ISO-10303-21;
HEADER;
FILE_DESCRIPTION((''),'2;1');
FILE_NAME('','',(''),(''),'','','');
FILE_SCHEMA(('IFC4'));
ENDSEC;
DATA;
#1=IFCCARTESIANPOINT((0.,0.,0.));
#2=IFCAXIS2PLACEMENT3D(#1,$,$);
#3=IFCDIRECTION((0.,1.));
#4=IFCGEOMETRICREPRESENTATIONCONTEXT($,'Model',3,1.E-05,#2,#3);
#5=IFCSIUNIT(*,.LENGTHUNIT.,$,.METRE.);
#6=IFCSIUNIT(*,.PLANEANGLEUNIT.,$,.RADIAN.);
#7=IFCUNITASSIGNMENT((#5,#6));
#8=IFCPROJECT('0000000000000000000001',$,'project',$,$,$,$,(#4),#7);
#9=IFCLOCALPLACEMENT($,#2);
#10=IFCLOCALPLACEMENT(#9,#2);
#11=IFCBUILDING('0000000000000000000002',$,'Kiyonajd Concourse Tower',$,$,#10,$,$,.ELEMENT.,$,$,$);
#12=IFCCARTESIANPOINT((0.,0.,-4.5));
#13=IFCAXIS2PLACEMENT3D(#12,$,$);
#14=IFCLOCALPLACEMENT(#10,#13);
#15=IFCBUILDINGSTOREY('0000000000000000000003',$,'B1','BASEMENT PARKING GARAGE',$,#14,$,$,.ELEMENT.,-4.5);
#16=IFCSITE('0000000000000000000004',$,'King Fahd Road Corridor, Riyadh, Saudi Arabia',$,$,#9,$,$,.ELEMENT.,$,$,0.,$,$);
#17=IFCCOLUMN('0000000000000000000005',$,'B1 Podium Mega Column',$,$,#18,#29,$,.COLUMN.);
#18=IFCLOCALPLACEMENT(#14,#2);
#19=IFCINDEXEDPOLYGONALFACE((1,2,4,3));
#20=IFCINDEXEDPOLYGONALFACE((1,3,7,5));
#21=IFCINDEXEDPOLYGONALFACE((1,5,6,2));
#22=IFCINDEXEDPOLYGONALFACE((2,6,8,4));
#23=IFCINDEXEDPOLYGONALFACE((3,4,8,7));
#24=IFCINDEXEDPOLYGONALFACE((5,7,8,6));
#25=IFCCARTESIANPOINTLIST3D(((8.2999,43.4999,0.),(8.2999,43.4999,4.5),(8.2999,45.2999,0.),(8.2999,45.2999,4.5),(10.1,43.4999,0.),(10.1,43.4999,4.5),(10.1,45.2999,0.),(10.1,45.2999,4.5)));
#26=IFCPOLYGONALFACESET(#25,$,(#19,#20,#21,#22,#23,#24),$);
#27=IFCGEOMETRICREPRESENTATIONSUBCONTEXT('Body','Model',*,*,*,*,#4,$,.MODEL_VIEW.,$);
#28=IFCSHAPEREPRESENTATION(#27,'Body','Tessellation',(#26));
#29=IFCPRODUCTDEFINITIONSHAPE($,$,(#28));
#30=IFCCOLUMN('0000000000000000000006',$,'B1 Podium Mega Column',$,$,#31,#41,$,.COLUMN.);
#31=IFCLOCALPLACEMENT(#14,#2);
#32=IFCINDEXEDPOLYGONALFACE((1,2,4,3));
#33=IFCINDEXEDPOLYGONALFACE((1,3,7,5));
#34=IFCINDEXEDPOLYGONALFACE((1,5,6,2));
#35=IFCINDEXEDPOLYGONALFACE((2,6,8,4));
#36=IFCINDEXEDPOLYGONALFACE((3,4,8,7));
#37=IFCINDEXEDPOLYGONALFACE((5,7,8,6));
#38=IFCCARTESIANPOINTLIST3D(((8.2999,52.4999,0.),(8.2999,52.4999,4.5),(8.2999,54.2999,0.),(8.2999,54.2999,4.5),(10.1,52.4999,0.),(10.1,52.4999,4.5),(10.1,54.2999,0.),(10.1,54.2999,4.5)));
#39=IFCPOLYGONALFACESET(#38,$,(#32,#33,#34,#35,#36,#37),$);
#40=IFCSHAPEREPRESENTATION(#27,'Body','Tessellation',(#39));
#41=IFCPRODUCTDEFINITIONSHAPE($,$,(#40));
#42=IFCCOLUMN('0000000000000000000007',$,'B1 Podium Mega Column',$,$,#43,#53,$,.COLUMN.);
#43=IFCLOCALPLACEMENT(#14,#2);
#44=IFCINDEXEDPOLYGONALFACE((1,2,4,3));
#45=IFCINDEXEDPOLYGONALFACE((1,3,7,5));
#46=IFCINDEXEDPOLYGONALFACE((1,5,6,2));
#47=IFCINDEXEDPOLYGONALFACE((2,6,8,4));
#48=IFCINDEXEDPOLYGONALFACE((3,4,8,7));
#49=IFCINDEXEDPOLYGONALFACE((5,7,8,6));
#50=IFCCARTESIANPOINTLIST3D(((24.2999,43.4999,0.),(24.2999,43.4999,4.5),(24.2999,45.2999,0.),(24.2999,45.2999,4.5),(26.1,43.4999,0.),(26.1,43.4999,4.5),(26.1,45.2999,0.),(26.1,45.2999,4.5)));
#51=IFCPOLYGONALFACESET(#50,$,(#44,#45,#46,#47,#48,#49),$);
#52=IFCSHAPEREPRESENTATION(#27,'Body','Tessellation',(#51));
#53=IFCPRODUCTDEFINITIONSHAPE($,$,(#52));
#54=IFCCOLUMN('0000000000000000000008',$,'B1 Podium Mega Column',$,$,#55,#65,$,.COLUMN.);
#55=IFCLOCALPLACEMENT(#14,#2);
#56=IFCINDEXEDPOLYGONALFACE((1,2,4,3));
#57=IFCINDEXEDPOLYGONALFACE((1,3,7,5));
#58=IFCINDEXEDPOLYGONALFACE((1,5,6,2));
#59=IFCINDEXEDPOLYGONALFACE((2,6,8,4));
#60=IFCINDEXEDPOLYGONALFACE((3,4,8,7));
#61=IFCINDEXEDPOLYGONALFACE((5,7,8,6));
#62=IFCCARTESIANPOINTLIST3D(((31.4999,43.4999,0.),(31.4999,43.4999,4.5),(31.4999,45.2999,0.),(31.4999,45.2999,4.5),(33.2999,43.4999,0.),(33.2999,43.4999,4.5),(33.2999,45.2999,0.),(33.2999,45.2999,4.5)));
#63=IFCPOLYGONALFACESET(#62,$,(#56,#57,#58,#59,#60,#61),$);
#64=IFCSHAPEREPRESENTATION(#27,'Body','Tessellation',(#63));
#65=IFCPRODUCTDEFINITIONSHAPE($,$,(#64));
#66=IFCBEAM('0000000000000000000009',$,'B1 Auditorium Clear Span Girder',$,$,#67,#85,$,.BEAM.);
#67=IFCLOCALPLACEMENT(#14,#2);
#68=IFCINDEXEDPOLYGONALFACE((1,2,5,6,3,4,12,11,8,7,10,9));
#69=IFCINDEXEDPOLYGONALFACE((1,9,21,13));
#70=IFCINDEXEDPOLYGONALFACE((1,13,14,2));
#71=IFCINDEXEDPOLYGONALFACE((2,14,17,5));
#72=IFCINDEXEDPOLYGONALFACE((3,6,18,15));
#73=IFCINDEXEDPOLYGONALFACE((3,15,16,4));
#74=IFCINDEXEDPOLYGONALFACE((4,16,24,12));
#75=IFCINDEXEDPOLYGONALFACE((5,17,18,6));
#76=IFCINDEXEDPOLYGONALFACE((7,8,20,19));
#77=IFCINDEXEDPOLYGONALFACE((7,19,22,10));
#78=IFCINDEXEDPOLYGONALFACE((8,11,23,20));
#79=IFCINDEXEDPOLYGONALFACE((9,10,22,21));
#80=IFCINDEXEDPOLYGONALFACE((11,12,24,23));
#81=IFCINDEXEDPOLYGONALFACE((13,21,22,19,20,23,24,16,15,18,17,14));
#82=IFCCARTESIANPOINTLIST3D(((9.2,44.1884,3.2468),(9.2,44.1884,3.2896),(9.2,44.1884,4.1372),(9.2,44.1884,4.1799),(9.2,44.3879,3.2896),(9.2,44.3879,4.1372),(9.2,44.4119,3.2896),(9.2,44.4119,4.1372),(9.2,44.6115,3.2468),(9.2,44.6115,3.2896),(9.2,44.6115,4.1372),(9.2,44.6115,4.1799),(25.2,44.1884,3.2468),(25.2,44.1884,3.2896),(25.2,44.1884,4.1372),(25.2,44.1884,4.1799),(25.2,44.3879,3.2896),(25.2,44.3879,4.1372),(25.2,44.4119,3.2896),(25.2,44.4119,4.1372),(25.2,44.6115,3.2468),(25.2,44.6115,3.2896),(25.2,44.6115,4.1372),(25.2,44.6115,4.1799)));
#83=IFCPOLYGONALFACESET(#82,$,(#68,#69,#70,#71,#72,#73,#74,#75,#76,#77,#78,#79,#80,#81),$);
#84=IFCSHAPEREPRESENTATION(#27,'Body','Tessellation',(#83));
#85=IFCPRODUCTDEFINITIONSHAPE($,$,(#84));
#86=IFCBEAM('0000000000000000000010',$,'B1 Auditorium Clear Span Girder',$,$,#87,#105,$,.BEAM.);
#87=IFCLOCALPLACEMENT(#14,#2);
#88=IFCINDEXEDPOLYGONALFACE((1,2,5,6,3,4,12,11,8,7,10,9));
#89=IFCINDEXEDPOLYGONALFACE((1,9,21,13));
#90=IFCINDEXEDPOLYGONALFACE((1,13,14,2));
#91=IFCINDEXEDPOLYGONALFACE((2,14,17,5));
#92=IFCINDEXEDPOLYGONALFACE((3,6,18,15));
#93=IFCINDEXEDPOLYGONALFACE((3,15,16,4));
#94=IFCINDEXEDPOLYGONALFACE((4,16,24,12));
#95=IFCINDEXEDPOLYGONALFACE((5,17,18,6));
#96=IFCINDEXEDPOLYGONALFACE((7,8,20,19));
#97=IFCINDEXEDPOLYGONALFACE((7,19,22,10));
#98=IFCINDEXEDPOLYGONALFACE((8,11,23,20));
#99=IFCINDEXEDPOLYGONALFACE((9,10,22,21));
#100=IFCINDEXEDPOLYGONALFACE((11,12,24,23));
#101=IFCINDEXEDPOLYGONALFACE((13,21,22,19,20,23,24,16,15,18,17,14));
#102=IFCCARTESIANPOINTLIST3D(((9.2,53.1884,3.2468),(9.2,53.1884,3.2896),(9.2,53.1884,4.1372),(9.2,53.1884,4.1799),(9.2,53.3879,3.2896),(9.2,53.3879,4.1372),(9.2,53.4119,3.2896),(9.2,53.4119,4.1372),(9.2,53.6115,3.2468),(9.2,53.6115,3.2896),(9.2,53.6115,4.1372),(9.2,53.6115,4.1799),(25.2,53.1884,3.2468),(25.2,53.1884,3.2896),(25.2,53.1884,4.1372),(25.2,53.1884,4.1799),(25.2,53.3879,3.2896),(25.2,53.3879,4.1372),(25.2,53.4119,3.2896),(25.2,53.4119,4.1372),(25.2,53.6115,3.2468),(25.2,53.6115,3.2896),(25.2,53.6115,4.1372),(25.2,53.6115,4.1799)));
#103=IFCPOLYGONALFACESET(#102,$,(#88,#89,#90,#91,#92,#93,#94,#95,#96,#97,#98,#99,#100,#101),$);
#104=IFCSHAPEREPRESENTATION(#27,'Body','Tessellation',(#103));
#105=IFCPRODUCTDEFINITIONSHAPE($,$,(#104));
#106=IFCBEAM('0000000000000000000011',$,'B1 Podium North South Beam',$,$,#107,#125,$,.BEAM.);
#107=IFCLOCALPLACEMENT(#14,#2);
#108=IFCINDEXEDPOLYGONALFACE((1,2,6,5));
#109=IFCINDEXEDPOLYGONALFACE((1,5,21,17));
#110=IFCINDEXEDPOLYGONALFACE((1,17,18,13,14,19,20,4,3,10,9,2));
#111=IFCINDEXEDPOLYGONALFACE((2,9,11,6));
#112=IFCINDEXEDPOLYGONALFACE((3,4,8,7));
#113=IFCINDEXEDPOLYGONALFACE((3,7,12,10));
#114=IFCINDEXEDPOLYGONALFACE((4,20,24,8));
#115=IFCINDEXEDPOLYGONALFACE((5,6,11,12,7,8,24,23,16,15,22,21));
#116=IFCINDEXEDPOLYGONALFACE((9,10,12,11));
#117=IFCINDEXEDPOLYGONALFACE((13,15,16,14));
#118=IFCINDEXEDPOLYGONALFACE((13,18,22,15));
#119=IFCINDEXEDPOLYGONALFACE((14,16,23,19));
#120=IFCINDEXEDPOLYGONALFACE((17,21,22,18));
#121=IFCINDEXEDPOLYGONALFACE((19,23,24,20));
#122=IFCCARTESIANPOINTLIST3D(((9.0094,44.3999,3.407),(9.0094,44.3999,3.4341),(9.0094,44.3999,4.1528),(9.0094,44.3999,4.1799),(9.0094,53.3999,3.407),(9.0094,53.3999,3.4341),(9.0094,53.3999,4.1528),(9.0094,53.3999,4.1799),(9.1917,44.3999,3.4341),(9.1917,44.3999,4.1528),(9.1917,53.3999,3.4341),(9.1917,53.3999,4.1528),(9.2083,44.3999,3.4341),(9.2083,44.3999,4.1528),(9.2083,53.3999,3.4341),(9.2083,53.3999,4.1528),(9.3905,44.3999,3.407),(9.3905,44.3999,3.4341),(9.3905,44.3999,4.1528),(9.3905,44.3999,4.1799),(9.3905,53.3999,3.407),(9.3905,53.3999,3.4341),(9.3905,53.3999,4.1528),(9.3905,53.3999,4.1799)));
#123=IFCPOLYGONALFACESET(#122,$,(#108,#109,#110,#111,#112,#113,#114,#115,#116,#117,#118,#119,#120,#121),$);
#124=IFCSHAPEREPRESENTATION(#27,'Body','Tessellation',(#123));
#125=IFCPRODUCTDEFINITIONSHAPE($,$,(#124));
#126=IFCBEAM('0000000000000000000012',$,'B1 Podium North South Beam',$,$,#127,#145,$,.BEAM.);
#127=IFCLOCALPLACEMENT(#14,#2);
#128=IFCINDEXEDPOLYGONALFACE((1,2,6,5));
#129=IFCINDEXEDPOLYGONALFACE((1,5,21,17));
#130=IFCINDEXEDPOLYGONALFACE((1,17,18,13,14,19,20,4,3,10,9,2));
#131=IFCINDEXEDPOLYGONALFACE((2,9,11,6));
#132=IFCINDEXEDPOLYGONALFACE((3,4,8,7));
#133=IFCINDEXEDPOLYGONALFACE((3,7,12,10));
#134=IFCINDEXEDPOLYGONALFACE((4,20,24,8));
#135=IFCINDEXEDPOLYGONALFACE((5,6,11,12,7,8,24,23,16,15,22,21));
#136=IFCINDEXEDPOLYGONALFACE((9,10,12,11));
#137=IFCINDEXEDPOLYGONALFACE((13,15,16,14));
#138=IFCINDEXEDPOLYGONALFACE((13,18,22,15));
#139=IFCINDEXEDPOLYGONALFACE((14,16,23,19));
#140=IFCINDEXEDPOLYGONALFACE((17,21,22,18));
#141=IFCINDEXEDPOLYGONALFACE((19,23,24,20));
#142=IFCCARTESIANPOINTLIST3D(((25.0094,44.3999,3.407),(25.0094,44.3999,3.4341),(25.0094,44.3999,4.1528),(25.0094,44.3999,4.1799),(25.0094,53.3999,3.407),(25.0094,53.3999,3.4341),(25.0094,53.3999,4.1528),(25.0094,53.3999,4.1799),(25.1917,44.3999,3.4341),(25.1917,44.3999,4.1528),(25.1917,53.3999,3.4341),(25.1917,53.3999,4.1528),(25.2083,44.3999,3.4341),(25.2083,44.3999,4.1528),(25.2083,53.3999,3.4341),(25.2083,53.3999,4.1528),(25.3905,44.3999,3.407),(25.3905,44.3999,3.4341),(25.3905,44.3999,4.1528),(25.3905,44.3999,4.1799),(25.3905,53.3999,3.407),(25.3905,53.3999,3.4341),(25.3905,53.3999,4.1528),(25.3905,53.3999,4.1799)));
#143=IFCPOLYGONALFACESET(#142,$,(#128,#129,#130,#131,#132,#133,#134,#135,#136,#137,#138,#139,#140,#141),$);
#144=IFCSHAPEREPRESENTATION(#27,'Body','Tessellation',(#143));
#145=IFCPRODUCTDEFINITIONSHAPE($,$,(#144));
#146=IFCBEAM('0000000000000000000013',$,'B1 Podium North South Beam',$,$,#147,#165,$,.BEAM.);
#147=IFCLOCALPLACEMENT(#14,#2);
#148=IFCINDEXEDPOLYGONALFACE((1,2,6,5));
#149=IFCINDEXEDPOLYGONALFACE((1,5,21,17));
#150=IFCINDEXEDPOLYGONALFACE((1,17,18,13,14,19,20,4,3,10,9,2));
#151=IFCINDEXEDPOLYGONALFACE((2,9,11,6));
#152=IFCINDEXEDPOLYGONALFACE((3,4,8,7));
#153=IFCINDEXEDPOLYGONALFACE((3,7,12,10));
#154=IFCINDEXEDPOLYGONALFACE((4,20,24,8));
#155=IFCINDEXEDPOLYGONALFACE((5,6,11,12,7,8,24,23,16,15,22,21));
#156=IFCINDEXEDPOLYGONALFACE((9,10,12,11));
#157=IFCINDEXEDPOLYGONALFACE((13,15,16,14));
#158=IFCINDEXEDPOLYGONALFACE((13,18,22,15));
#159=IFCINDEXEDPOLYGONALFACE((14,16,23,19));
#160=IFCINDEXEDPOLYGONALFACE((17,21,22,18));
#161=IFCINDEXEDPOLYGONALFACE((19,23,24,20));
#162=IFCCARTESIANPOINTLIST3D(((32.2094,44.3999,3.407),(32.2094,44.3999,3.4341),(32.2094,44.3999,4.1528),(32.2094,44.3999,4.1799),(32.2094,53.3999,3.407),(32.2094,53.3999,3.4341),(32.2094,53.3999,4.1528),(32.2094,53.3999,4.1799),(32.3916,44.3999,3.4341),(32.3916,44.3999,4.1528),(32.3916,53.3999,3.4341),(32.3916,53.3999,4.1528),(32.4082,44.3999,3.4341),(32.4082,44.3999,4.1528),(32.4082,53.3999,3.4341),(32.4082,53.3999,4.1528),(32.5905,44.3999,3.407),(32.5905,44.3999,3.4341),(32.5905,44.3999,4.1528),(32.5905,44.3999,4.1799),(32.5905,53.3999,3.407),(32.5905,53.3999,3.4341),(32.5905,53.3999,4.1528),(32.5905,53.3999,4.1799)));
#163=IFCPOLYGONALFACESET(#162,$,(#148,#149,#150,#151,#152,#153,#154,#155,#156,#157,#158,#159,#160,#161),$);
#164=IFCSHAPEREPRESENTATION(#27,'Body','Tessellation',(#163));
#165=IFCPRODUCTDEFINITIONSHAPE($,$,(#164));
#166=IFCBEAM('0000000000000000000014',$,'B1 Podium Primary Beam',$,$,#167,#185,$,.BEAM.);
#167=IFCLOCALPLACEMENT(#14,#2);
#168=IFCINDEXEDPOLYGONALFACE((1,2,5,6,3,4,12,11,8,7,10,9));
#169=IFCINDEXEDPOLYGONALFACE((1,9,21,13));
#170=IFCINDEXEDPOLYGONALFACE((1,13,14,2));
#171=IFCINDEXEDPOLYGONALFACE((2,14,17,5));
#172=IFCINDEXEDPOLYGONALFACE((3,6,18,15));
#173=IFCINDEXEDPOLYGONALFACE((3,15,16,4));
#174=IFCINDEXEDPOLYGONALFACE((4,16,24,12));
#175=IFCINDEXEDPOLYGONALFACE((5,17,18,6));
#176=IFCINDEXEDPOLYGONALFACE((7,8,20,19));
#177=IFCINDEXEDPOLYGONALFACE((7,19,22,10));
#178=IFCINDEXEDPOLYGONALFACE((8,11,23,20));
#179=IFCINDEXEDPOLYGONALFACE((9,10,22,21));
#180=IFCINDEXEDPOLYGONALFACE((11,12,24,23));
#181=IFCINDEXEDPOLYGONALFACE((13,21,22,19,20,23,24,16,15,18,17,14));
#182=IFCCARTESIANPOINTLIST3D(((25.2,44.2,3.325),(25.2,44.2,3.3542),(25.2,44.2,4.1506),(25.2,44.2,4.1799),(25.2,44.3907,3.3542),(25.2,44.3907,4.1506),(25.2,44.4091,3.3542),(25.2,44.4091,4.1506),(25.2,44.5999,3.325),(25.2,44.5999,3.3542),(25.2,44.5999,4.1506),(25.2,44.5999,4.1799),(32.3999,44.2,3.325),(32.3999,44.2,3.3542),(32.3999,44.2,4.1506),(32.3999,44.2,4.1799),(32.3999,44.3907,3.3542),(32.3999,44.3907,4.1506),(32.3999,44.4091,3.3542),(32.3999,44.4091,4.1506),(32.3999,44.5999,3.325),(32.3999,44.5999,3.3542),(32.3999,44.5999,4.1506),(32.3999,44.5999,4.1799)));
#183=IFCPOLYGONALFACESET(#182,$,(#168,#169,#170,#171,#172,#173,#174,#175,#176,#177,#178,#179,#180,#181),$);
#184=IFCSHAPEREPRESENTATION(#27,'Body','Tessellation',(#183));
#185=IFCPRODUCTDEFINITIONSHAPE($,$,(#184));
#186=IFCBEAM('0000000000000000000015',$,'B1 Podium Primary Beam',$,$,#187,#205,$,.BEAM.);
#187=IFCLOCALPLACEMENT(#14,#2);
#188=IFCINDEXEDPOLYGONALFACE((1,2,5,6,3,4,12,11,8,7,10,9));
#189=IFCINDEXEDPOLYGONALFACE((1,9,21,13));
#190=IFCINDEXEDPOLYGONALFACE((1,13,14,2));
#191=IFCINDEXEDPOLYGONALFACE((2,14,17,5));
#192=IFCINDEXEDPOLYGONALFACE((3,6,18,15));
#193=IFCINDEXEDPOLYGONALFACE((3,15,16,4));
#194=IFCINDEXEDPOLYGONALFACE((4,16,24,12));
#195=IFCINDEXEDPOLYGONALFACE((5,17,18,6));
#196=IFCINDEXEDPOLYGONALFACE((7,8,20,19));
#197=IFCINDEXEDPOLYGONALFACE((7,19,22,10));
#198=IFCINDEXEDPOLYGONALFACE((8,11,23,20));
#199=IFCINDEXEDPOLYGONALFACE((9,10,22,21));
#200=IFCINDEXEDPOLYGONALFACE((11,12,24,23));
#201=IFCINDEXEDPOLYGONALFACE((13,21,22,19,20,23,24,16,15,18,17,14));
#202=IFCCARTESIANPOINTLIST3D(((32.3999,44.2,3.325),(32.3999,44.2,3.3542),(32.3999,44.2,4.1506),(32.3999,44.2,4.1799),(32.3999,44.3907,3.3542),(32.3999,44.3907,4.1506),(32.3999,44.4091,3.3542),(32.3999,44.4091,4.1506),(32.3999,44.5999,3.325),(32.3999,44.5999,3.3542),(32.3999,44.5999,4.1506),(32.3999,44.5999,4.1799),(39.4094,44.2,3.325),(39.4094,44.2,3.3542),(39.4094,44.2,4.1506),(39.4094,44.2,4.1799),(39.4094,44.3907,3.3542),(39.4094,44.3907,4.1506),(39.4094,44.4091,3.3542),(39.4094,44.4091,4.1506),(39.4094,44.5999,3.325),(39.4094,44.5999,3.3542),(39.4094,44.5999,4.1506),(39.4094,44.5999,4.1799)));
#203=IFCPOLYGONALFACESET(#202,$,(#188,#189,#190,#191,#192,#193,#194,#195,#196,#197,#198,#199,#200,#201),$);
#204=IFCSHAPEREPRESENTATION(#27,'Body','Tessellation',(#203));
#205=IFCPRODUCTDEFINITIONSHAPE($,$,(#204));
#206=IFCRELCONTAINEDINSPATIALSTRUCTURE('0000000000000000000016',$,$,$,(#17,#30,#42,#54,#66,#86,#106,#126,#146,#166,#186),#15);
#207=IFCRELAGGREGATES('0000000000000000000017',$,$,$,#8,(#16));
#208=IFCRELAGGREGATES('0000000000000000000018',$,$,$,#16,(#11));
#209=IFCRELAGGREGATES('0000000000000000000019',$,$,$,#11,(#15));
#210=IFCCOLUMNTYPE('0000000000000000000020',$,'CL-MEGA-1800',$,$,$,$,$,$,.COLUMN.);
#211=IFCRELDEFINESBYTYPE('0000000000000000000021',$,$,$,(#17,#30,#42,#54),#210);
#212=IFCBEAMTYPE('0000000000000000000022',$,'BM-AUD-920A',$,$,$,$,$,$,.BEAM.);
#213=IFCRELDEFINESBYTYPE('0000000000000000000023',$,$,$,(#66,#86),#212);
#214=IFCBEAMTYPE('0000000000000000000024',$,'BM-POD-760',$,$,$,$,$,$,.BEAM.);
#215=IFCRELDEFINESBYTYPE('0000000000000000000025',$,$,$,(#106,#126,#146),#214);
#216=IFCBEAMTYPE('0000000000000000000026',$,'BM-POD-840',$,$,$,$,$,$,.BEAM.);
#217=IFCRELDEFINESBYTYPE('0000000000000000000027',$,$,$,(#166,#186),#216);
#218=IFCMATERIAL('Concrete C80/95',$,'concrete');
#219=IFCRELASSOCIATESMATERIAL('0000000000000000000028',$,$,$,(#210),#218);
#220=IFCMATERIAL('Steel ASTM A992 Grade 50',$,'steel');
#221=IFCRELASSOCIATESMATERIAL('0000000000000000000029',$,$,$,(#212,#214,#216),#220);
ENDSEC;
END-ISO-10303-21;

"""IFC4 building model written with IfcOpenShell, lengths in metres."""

from ifc_helpers import new_model, si_unit, direction, frame, origin, origin_2d, place, context, subcontext, project, spatial, rectangle, i_section, extrude, material, material_profile, profile_set, type_object, element, save


model = new_model("IFC4")

# Units and contexts
model_context = context("Model", 3, precision=1e-05, world=origin(), true_north=direction((0.0, 1.0)))
body_context = subcontext(model_context, "Body", "Model", "MODEL_VIEW")
ifc_project = project(units=[si_unit("LENGTHUNIT", "METRE"), si_unit("PLANEANGLEUNIT", "RADIAN")], contexts=[model_context])

# Site, building, storey
site_placement = place(None, origin())
site = spatial("IfcSite", under=ifc_project, at=site_placement, Name="King Fahd Road Corridor, Riyadh, Saudi Arabia", CompositionType="ELEMENT", RefElevation=0.0)
building_placement = place(site_placement, origin())
building = spatial("IfcBuilding", under=site, at=building_placement, Name="Kiyonajd Concourse Tower", CompositionType="ELEMENT")
storey_placement = place(building_placement, frame((0.0, 0.0, -4.5)))
storey = spatial("IfcBuildingStorey", under=building, at=storey_placement, Name="B1", Description="BASEMENT PARKING GARAGE", CompositionType="ELEMENT", Elevation=-4.5)

# Columns
ifc_material_1 = material(Name="Concrete C80/95", Category="concrete")
ifc_material_profile_1 = material_profile(ifc_material_1, rectangle(XDim=1.8, YDim=1.8, at=origin_2d()), Name="RC-1800x1800")
ifc_profile_set_1 = profile_set([ifc_material_profile_1], Name="Concrete C80/95")
column_type = type_object("IfcColumnType", Name="CL-MEGA-1800", PredefinedType="COLUMN", material=ifc_profile_set_1)
for number, where, z_axis, x_axis, name in (
    (1, (9.2, 44.3999, 0.0), (0.0, 0.0, 1.0), (1.0, 0.0, 0.0), "B1 Podium Mega Column"),
    (2, (9.2, 53.3999, 0.0), (0.0, 0.0, 1.0), (1.0, 0.0, 0.0), "B1 Podium Mega Column"),
    (3, (25.2, 44.3999, 0.0), (0.0, 0.0, 1.0), (1.0, 0.0, 0.0), "B1 Podium Mega Column"),
    (4, (32.3999, 44.3999, 0.0), (0.0, 0.0, 1.0), (1.0, 0.0, 0.0), "B1 Podium Mega Column"),
):
    element("IfcColumn", number, at=place(storey_placement, frame(where, z_axis=z_axis, x_axis=x_axis)), inside=storey, type_object=column_type, Name=name, PredefinedType="COLUMN", context=body_context, shape_type="SweptSolid", body=[
        extrude(rectangle(XDim=1.8, YDim=1.8, at=origin_2d()), origin(), (0.0, 0.0, 1.0), 4.5),
    ])

# Beams
ifc_material_2 = material(Name="Steel ASTM A992 Grade 50", Category="steel")
ifc_material_profile_2 = material_profile(ifc_material_2, i_section(OverallWidth=0.4231, OverallDepth=0.9331, WebThickness=0.0239, FlangeThickness=0.0427, at=origin_2d()), Name="W920X446")
ifc_profile_set_2 = profile_set([ifc_material_profile_2], Name="Steel ASTM A992 Grade 50")
beam_type_1 = type_object("IfcBeamType", Name="BM-AUD-920A", PredefinedType="BEAM", material=ifc_profile_set_2)
for number, where, z_axis, x_axis, name in (
    (5, (9.2, 44.3999, 3.7134), (1.0, 0.0, 0.0), (0.0, 1.0, 0.0), "B1 Auditorium Clear Span Girder"),
    (6, (9.2, 53.3999, 3.7134), (1.0, 0.0, 0.0), (0.0, 1.0, 0.0), "B1 Auditorium Clear Span Girder"),
):
    element("IfcBeam", number, at=place(storey_placement, frame(where, z_axis=z_axis, x_axis=x_axis)), inside=storey, type_object=beam_type_1, Name=name, PredefinedType="BEAM", context=body_context, shape_type="SweptSolid", body=[
        extrude(i_section(OverallWidth=0.4231, OverallDepth=0.9331, WebThickness=0.0239, FlangeThickness=0.0427, at=origin_2d()), origin(), (0.0, 0.0, 1.0), 16.0),
    ])
ifc_material_profile_3 = material_profile(ifc_material_2, i_section(OverallWidth=0.3811, OverallDepth=0.7729, WebThickness=0.0166, FlangeThickness=0.0271, at=origin_2d()), Name="W760X257")
ifc_profile_set_3 = profile_set([ifc_material_profile_3], Name="Steel ASTM A992 Grade 50")
beam_type_2 = type_object("IfcBeamType", Name="BM-POD-760", PredefinedType="BEAM", material=ifc_profile_set_3)
for number, where, z_axis, x_axis, name in (
    (7, (9.2, 44.3999, 3.7935), (0.0, 1.0, 0.0), (-1.0, 0.0, 0.0), "B1 Podium North South Beam"),
    (8, (25.2, 44.3999, 3.7935), (0.0, 1.0, 0.0), (-1.0, 0.0, 0.0), "B1 Podium North South Beam"),
    (9, (32.3999, 44.3999, 3.7935), (0.0, 1.0, 0.0), (-1.0, 0.0, 0.0), "B1 Podium North South Beam"),
):
    element("IfcBeam", number, at=place(storey_placement, frame(where, z_axis=z_axis, x_axis=x_axis)), inside=storey, type_object=beam_type_2, Name=name, PredefinedType="BEAM", context=body_context, shape_type="SweptSolid", body=[
        extrude(i_section(OverallWidth=0.3811, OverallDepth=0.7729, WebThickness=0.0166, FlangeThickness=0.0271, at=origin_2d()), origin(), (0.0, 0.0, 1.0), 9.0),
    ])
ifc_material_profile_4 = material_profile(ifc_material_2, i_section(OverallWidth=0.3999, OverallDepth=0.855, WebThickness=0.0183, FlangeThickness=0.0293, at=origin_2d()), Name="W840X299")
ifc_profile_set_4 = profile_set([ifc_material_profile_4], Name="Steel ASTM A992 Grade 50")
beam_type_3 = type_object("IfcBeamType", Name="BM-POD-840", PredefinedType="BEAM", material=ifc_profile_set_4)
beam_1_placement = place(storey_placement, frame((25.2, 44.3999, 3.7524), z_axis=(1.0, 0.0, 0.0), x_axis=(0.0, 1.0, 0.0)))
element("IfcBeam", 10, at=beam_1_placement, inside=storey, type_object=beam_type_3, Name="B1 Podium Primary Beam", PredefinedType="BEAM", context=body_context, shape_type="SweptSolid", body=[
    extrude(i_section(OverallWidth=0.3999, OverallDepth=0.855, WebThickness=0.0183, FlangeThickness=0.0293, at=origin_2d()), origin(), (0.0, 0.0, 1.0), 7.2),
])
beam_2_placement = place(storey_placement, frame((32.3999, 44.3999, 3.7524), z_axis=(1.0, 0.0, 0.0), x_axis=(0.0, 1.0, 0.0)))
element("IfcBeam", 11, at=beam_2_placement, inside=storey, type_object=beam_type_3, Name="B1 Podium Primary Beam", PredefinedType="BEAM", context=body_context, shape_type="SweptSolid", body=[
    extrude(i_section(OverallWidth=0.3999, OverallDepth=0.855, WebThickness=0.0183, FlangeThickness=0.0293, at=origin_2d()), origin(), (0.0, 0.0, 1.0), 7.0095),
])

save(model, "model.ifc")
